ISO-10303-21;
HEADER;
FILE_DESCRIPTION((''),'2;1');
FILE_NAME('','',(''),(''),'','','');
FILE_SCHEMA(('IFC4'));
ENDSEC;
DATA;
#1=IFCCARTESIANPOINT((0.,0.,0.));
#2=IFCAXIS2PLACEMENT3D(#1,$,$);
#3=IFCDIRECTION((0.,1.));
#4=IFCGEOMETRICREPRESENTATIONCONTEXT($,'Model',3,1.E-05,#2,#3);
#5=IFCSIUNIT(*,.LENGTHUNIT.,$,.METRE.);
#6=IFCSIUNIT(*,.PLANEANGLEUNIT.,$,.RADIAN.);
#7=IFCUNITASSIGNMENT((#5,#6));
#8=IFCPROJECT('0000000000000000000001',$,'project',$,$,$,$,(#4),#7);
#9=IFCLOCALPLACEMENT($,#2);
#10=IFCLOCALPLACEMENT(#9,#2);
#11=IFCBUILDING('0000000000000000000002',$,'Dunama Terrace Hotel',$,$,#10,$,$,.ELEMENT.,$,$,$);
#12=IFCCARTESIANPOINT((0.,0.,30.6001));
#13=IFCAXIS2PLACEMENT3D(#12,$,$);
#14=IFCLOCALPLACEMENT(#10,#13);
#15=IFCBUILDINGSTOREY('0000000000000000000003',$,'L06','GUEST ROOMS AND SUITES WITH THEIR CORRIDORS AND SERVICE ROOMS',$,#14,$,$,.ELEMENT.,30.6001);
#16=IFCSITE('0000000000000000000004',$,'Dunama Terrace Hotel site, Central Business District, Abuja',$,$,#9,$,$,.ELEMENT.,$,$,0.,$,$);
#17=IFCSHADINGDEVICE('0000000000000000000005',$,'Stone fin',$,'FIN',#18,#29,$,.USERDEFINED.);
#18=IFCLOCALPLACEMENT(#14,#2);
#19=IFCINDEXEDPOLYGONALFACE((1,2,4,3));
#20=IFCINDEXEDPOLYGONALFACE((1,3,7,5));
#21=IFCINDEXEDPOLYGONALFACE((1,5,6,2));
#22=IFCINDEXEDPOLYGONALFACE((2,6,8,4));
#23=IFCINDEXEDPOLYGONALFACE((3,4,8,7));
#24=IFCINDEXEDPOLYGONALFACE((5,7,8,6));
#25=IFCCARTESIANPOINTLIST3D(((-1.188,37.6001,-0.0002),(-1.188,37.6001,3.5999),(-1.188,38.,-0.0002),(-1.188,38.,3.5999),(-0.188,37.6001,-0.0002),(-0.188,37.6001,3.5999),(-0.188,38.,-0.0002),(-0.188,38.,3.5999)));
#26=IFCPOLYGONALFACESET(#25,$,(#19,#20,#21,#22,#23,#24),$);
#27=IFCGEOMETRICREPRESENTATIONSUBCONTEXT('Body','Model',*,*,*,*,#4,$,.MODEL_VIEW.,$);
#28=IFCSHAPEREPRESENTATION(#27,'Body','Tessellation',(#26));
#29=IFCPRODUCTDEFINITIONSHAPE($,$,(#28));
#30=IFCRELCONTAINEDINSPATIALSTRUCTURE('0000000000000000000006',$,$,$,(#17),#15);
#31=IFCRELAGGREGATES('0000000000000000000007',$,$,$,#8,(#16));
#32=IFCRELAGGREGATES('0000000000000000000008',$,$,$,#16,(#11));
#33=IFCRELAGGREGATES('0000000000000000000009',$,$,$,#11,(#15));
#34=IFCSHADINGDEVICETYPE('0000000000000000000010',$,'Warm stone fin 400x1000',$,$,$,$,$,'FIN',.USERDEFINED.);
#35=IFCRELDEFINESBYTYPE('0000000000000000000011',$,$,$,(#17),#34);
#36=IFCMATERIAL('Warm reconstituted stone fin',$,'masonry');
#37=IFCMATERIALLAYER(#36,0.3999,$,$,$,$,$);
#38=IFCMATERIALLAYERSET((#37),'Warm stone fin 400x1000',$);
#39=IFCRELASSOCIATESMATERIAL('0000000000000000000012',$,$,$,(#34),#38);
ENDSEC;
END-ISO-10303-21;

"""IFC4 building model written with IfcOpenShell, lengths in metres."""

from ifc_helpers import new_model, si_unit, direction, frame, origin, origin_2d, place, context, subcontext, project, spatial, rectangle, extrude, material, layer, layer_set, type_object, element, save


model = new_model("IFC4")

# Units and contexts
model_context = context("Model", 3, precision=1e-05, world=origin(), true_north=direction((0.0, 1.0)))
body_context = subcontext(model_context, "Body", "Model", "MODEL_VIEW")
ifc_project = project(units=[si_unit("LENGTHUNIT", "METRE"), si_unit("PLANEANGLEUNIT", "RADIAN")], contexts=[model_context])

# Site, building, storey
site_placement = place(None, origin())
site = spatial("IfcSite", under=ifc_project, at=site_placement, Name="Dunama Terrace Hotel site, Central Business District, Abuja", CompositionType="ELEMENT", RefElevation=0.0)
building_placement = place(site_placement, origin())
building = spatial("IfcBuilding", under=site, at=building_placement, Name="Dunama Terrace Hotel", CompositionType="ELEMENT")
storey_placement = place(building_placement, frame((0.0, 0.0, 30.6001)))
storey = spatial("IfcBuildingStorey", under=building, at=storey_placement, Name="L06", Description="GUEST ROOMS AND SUITES WITH THEIR CORRIDORS AND SERVICE ROOMS", CompositionType="ELEMENT", Elevation=30.6001)

# Shading device
ifc_material_1 = material(Name="Warm reconstituted stone fin", Category="masonry")
ifc_layer_1 = layer(ifc_material_1, 0.3999)
ifc_layer_set_1 = layer_set([ifc_layer_1], Name="Warm stone fin 400x1000")
shading_device_type = type_object("IfcShadingDeviceType", Name="Warm stone fin 400x1000", ElementType="FIN", PredefinedType="USERDEFINED", material=ifc_layer_set_1)
shading_device_placement = place(storey_placement, frame((-0.688, 37.8, -0.0002), z_axis=(0.0, 0.0, 1.0), x_axis=(0.0, -1.0, 0.0)))
element("IfcShadingDevice", 1, at=shading_device_placement, inside=storey, type_object=shading_device_type, Name="Stone fin", ObjectType="FIN", PredefinedType="USERDEFINED", context=body_context, shape_type="SweptSolid", body=[
    extrude(rectangle(XDim=0.3999, YDim=1.0, at=origin_2d()), origin(), (0.0, 0.0, 1.0), 3.6001),
])

save(model, "model.ifc")
